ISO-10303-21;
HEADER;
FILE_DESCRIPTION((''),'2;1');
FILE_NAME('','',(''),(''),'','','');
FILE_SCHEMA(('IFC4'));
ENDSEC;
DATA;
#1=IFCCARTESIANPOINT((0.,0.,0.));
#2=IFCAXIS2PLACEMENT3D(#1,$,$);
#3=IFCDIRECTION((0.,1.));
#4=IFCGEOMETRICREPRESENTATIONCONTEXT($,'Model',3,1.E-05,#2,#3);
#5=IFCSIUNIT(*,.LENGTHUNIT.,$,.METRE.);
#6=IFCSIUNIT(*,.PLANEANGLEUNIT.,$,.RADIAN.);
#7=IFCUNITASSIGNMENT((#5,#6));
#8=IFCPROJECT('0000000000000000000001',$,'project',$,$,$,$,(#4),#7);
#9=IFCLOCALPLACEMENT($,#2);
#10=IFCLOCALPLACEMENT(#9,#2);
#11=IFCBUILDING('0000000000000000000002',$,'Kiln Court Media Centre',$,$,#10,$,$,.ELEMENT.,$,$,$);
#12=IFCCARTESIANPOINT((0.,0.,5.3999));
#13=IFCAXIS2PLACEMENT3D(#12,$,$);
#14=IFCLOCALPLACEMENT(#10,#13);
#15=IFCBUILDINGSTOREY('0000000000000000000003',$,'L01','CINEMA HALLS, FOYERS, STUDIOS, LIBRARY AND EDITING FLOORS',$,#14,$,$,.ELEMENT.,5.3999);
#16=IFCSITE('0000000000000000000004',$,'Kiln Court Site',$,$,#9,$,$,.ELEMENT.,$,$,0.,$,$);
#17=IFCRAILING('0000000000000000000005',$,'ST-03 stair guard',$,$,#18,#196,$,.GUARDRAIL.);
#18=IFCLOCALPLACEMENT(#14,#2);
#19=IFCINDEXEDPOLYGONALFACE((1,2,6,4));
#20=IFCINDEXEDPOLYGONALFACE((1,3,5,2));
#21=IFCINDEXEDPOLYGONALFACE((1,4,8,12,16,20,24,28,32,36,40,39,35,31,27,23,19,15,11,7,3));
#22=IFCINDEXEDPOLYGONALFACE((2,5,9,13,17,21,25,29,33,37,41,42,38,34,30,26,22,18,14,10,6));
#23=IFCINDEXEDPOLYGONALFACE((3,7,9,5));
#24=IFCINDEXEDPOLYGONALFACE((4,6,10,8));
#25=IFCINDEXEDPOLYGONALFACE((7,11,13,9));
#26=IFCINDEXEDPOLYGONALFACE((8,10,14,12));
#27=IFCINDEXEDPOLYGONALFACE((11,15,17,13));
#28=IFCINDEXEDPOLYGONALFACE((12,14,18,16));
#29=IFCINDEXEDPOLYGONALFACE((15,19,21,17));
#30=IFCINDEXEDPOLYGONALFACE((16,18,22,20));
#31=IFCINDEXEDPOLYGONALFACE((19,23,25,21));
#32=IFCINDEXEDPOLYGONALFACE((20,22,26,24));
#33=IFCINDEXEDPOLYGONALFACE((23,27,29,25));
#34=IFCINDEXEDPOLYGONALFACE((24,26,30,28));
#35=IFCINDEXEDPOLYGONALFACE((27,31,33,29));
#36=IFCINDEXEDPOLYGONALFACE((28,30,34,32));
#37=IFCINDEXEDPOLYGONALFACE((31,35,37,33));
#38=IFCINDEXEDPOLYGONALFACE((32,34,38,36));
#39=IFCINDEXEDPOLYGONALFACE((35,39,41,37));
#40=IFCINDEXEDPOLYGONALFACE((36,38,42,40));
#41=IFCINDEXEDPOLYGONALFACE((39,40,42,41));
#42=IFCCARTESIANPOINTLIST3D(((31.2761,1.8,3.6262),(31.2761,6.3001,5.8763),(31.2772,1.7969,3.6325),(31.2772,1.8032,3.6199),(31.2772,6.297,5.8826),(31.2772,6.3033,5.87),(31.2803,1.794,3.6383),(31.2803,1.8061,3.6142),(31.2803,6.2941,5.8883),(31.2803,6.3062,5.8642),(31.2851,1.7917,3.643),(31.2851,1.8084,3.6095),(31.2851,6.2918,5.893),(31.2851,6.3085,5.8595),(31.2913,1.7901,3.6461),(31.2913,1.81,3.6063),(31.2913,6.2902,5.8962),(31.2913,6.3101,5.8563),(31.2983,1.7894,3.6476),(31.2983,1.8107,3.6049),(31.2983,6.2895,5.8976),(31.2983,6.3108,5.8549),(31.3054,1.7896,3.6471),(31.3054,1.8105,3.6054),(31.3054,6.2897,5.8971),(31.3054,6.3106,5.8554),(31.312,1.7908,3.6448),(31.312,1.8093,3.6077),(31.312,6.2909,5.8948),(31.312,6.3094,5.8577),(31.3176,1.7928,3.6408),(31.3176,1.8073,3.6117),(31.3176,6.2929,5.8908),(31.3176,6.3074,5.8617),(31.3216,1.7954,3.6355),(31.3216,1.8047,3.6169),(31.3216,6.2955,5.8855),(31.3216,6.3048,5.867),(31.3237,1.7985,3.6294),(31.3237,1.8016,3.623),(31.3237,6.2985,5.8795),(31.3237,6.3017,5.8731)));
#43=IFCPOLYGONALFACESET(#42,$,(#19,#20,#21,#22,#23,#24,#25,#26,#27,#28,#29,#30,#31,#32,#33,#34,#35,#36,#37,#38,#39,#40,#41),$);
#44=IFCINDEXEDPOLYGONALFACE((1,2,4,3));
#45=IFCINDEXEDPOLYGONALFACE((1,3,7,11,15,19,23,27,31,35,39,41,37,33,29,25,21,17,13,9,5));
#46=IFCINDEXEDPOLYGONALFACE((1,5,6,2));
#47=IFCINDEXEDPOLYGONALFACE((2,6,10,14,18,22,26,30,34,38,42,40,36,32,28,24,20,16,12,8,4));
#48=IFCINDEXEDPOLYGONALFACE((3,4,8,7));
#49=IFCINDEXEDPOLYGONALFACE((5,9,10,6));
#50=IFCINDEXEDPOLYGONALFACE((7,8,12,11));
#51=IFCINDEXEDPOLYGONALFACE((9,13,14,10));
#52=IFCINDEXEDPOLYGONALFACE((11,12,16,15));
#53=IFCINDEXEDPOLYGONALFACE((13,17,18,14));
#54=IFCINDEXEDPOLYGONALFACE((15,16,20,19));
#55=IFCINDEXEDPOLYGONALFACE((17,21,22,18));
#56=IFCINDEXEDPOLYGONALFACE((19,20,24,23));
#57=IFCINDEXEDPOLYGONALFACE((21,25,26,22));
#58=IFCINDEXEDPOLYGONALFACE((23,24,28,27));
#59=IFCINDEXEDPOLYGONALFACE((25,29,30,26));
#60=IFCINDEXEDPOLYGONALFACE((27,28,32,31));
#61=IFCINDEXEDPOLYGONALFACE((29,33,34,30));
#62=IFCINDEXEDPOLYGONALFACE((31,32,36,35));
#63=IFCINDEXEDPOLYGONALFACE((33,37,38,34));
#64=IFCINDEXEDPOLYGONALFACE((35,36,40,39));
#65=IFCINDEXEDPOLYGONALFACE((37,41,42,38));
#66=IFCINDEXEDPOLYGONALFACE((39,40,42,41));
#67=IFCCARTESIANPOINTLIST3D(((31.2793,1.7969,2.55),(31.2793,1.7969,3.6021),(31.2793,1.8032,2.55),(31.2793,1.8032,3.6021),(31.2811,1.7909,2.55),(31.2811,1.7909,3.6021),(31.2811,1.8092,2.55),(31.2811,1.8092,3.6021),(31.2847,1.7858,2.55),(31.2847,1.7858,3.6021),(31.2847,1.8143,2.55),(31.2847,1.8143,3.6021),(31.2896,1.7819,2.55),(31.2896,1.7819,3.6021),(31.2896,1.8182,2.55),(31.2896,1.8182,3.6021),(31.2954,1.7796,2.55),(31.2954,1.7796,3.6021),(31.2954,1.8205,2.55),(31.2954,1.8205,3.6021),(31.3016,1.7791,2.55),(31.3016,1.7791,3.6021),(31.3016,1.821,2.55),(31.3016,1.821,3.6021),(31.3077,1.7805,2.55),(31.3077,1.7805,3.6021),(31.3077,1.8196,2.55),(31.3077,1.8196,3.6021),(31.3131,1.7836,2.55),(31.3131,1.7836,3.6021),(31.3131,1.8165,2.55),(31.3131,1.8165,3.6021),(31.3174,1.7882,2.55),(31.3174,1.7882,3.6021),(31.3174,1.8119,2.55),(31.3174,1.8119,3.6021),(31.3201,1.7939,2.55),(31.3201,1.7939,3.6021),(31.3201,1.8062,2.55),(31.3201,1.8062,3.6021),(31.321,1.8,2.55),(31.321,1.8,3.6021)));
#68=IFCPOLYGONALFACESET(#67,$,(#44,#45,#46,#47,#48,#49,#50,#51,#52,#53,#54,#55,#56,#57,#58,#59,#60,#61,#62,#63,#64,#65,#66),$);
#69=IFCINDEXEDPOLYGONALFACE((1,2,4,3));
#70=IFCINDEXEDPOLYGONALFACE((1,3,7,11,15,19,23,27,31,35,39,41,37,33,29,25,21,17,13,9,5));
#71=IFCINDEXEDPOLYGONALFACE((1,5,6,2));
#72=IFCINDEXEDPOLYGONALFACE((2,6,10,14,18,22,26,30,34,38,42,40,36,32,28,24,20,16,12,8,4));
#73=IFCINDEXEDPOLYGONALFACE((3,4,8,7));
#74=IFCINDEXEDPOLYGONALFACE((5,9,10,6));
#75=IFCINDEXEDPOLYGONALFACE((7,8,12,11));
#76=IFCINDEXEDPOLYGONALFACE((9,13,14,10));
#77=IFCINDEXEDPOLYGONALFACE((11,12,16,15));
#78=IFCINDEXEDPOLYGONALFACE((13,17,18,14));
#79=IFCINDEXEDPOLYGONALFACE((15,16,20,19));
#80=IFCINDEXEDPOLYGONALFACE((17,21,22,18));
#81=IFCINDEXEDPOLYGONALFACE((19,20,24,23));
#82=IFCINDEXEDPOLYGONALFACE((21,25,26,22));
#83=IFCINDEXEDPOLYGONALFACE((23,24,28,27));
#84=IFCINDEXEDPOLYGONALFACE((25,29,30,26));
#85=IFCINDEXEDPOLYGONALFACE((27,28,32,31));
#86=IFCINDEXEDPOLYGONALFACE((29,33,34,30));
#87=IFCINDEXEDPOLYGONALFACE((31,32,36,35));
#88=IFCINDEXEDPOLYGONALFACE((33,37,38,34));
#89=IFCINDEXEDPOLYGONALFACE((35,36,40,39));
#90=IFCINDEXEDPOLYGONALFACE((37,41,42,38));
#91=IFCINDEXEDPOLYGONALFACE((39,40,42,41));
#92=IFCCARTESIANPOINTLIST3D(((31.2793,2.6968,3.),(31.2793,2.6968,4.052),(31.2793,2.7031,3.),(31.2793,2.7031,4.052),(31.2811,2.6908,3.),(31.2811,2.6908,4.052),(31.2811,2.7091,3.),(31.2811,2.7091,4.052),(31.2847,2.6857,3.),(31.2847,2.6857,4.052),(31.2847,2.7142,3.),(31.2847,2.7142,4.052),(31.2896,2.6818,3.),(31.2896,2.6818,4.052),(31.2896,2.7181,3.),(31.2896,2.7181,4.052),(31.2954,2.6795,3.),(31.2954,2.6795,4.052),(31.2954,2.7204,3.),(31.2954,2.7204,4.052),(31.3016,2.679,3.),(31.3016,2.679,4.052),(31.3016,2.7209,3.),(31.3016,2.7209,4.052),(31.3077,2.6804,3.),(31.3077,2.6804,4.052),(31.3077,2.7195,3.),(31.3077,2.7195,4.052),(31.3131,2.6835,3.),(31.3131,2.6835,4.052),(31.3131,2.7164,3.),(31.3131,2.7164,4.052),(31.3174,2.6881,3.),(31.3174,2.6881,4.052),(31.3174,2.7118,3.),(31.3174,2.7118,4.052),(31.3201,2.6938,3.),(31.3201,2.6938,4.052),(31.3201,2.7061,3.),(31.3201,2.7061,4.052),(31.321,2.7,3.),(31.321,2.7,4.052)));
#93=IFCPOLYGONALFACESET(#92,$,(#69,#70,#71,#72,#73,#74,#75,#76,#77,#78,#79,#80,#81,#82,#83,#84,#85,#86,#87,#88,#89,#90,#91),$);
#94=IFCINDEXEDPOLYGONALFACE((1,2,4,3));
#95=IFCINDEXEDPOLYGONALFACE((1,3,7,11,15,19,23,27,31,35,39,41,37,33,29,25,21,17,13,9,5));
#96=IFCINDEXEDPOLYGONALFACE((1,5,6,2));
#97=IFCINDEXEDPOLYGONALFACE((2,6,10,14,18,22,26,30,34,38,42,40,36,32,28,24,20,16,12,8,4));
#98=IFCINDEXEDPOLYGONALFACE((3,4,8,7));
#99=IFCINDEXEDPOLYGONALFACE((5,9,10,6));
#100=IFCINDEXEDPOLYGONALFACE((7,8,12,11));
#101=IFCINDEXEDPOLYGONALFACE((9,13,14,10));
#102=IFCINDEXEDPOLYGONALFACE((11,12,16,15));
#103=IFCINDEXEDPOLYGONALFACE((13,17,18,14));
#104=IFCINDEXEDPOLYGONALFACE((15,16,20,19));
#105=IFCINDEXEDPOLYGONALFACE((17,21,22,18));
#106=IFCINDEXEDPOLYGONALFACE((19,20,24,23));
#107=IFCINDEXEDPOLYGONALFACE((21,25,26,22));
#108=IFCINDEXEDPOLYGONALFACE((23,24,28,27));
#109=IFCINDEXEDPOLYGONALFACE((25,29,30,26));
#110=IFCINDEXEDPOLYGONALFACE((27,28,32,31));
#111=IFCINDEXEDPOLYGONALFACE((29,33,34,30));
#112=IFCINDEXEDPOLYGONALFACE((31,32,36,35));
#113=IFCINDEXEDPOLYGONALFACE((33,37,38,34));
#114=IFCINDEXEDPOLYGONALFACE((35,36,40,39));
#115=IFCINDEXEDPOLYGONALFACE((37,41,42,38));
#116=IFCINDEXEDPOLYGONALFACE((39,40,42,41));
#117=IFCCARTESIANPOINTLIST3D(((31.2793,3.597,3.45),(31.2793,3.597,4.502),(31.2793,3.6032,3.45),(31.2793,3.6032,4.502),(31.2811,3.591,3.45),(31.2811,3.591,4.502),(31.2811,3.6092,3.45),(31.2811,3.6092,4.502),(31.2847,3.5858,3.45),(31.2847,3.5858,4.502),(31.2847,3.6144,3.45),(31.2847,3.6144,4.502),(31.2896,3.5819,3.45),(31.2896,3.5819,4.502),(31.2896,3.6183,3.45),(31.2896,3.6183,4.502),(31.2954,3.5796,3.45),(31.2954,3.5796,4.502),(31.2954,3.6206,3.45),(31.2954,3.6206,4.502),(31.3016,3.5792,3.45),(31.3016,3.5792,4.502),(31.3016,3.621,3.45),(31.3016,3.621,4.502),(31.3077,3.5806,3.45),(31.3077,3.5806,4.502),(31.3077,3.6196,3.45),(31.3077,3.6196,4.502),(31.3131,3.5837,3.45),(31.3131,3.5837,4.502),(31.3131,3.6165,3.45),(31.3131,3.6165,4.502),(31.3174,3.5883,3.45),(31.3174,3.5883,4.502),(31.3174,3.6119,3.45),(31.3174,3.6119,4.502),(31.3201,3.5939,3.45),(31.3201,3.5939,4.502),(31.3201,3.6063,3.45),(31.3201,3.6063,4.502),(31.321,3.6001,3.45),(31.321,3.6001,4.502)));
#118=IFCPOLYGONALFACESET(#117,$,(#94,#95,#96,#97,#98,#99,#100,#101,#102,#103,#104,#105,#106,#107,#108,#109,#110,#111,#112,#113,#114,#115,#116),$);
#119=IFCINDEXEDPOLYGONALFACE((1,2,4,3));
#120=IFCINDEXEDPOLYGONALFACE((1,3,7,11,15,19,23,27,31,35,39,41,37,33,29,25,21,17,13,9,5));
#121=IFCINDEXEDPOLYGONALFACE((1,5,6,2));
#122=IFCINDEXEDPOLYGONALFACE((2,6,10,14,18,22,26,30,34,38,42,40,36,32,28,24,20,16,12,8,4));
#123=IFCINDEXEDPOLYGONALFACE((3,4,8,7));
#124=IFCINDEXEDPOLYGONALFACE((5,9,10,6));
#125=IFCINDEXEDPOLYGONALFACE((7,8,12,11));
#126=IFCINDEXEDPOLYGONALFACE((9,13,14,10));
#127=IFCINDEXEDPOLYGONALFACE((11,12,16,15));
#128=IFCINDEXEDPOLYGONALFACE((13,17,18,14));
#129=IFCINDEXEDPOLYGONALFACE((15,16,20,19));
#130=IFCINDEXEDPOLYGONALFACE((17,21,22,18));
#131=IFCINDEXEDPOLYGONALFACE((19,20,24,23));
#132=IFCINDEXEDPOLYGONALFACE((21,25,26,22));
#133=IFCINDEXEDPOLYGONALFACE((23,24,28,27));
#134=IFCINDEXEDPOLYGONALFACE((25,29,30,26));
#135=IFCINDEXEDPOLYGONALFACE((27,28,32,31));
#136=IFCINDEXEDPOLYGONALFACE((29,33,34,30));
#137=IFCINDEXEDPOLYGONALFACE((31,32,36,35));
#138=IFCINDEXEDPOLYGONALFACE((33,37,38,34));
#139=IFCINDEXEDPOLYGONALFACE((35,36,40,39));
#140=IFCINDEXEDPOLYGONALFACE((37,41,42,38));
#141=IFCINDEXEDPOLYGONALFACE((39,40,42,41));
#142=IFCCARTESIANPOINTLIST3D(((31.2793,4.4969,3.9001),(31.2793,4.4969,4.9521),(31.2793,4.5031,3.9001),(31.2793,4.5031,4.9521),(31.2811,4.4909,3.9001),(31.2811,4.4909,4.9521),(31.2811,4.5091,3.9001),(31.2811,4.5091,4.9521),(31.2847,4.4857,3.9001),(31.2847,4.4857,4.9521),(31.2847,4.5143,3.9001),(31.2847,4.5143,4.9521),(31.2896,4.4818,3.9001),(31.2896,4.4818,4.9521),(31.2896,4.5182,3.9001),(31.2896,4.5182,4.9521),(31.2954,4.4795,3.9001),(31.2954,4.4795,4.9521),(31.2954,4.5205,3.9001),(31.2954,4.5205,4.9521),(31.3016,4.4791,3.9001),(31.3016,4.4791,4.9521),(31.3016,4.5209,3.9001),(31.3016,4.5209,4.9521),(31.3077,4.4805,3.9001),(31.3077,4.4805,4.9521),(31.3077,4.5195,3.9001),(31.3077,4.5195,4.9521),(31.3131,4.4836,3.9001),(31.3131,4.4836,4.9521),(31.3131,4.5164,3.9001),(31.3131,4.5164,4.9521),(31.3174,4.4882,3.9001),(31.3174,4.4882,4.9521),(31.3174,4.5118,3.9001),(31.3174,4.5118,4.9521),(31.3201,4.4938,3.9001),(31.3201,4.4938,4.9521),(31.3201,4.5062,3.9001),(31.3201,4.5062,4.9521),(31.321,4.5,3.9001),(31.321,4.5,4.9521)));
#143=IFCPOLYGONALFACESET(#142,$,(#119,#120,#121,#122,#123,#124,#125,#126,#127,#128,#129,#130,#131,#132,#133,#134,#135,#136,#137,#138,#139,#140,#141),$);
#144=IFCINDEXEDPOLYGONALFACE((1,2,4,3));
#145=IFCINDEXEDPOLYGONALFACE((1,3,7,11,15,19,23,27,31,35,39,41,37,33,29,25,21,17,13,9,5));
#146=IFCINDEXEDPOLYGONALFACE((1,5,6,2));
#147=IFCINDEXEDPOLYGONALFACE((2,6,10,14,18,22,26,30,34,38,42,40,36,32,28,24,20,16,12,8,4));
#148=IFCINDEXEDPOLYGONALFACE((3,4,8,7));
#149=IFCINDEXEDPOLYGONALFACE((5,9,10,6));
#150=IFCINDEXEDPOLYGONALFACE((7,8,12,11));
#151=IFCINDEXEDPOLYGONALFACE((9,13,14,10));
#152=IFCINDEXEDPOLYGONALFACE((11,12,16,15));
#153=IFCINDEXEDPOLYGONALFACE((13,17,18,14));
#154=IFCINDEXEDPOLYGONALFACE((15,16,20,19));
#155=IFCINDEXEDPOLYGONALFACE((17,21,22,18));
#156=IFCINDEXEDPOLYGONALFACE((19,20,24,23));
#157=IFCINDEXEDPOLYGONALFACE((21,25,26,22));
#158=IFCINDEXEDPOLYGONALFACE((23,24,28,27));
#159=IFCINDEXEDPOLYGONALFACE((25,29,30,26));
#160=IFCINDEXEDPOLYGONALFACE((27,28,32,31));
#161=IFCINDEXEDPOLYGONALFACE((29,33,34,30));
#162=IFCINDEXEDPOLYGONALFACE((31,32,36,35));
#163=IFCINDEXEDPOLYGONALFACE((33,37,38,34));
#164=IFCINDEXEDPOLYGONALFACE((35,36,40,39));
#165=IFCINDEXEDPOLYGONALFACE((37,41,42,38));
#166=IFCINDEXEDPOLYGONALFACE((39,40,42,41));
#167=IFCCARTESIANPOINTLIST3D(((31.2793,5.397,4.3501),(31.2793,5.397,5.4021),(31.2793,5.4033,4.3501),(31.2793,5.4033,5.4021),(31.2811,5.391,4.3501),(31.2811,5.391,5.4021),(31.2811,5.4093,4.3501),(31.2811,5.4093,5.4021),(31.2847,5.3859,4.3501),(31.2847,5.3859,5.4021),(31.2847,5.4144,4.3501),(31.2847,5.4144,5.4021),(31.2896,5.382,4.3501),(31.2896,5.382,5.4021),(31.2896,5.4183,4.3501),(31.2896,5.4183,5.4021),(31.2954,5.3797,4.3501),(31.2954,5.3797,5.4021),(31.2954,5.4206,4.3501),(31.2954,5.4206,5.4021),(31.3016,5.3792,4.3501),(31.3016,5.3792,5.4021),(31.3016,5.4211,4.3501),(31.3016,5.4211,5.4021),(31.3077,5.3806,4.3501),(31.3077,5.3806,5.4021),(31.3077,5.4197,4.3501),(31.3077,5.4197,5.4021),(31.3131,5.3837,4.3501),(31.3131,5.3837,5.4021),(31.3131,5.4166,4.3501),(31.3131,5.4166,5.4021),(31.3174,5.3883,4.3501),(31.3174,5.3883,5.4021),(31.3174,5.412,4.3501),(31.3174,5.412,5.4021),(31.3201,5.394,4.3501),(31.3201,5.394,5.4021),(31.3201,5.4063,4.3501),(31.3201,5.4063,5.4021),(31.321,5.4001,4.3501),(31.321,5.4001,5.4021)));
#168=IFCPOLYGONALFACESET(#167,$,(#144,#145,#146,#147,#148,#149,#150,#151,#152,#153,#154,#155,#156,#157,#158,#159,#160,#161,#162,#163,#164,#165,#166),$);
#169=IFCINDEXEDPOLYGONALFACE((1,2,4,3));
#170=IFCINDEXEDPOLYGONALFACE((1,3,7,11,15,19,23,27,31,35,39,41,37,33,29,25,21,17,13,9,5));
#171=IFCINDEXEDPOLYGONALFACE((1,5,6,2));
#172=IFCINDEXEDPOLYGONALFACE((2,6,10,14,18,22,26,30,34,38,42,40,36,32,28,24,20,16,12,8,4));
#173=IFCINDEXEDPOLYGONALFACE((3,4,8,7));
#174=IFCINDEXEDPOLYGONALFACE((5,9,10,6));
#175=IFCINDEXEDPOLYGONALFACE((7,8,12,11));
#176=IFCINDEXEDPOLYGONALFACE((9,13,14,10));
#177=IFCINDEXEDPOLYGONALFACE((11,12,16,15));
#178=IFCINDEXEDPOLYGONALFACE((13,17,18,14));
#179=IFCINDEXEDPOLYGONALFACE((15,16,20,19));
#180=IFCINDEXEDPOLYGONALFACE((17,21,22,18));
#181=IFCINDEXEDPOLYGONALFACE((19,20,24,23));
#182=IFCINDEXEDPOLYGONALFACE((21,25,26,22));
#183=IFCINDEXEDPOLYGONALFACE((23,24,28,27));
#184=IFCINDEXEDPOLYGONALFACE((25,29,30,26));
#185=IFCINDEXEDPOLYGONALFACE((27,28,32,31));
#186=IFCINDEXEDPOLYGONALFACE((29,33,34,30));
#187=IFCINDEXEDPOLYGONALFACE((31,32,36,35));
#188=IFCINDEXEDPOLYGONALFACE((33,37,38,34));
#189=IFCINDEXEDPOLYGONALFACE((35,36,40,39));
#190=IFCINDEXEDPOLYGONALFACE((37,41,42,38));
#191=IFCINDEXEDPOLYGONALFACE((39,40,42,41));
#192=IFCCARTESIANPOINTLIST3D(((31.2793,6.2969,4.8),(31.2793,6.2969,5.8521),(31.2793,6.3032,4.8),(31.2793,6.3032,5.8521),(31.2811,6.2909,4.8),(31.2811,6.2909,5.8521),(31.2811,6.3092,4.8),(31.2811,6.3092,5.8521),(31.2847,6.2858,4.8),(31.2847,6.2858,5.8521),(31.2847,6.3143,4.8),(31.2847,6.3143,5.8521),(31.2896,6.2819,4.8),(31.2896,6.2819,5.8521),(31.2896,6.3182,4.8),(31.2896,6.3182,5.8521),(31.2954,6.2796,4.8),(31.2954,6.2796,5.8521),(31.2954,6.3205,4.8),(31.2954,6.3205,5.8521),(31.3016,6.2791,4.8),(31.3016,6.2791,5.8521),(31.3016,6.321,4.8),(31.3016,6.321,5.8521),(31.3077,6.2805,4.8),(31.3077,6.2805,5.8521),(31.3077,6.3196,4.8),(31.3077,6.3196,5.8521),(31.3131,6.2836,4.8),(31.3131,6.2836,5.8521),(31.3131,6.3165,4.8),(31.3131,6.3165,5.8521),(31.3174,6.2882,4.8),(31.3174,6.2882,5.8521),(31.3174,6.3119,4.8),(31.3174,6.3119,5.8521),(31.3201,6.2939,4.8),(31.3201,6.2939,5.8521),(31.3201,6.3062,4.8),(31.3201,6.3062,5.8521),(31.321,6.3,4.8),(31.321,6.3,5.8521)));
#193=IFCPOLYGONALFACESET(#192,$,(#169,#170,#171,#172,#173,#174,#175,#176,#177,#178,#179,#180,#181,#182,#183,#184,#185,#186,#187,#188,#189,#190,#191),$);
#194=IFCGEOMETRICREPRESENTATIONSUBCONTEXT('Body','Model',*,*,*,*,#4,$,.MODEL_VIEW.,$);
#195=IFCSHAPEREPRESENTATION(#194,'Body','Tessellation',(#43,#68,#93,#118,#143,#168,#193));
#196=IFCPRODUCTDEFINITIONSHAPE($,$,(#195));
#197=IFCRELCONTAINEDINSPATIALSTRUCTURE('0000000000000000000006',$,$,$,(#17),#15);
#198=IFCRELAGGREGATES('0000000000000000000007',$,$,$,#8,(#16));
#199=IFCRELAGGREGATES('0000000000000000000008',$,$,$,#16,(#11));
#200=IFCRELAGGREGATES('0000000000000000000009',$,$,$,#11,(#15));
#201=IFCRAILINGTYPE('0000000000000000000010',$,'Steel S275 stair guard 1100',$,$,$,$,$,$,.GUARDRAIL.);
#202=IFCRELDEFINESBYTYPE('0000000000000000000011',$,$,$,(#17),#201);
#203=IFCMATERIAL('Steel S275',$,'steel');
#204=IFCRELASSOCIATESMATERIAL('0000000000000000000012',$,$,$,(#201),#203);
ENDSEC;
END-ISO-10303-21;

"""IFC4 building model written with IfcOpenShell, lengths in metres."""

from ifc_helpers import new_model, si_unit, direction, frame, origin, origin_2d, place, context, subcontext, project, spatial, circle, extrude, material, type_object, element, save


model = new_model("IFC4")

# Units and contexts
model_context = context("Model", 3, precision=1e-05, world=origin(), true_north=direction((0.0, 1.0)))
body_context = subcontext(model_context, "Body", "Model", "MODEL_VIEW")
ifc_project = project(units=[si_unit("LENGTHUNIT", "METRE"), si_unit("PLANEANGLEUNIT", "RADIAN")], contexts=[model_context])

# Site, building, storey
site_placement = place(None, origin())
site = spatial("IfcSite", under=ifc_project, at=site_placement, Name="Kiln Court Site", CompositionType="ELEMENT", RefElevation=0.0)
building_placement = place(site_placement, origin())
building = spatial("IfcBuilding", under=site, at=building_placement, Name="Kiln Court Media Centre", CompositionType="ELEMENT")
storey_placement = place(building_placement, frame((0.0, 0.0, 5.3999)))
storey = spatial("IfcBuildingStorey", under=building, at=storey_placement, Name="L01", Description="CINEMA HALLS, FOYERS, STUDIOS, LIBRARY AND EDITING FLOORS", CompositionType="ELEMENT", Elevation=5.3999)

# Railing
ifc_material_1 = material(Name="Steel S275", Category="steel")
railing_type = type_object("IfcRailingType", Name="Steel S275 stair guard 1100", PredefinedType="GUARDRAIL", material=ifc_material_1)
railing_1_placement = place(storey_placement, frame((31.3, 1.8, 2.55)))
element("IfcRailing", 1, at=railing_1_placement, inside=storey, type_object=railing_type, Name="ST-03 stair guard", PredefinedType="GUARDRAIL", context=body_context, shape_type="SweptSolid", body=[
    extrude(circle(Radius=0.0239, at=origin_2d()), frame((0.0, 0.0, 1.0762), z_axis=(0.0, 0.894427, 0.447214), x_axis=(-1.0, 0.0, 0.0)), (0.0, 0.0, 1.0), 5.0312),
    extrude(circle(Radius=0.021, at=origin_2d()), origin(), (0.0, 0.0, 1.0), 1.052),
    extrude(circle(Radius=0.021, at=origin_2d()), frame((0.0, 0.8999, 0.45)), (0.0, 0.0, 1.0), 1.052),
    extrude(circle(Radius=0.021, at=origin_2d()), frame((0.0, 1.8, 0.8999)), (0.0, 0.0, 1.0), 1.052),
    extrude(circle(Radius=0.021, at=origin_2d()), frame((0.0, 2.7, 1.3501)), (0.0, 0.0, 1.0), 1.052),
    extrude(circle(Radius=0.021, at=origin_2d()), frame((0.0, 3.6001, 1.8)), (0.0, 0.0, 1.0), 1.052),
    extrude(circle(Radius=0.021, at=origin_2d()), frame((0.0, 4.5, 2.25)), (0.0, 0.0, 1.0), 1.052),
])

save(model, "model.ifc")
